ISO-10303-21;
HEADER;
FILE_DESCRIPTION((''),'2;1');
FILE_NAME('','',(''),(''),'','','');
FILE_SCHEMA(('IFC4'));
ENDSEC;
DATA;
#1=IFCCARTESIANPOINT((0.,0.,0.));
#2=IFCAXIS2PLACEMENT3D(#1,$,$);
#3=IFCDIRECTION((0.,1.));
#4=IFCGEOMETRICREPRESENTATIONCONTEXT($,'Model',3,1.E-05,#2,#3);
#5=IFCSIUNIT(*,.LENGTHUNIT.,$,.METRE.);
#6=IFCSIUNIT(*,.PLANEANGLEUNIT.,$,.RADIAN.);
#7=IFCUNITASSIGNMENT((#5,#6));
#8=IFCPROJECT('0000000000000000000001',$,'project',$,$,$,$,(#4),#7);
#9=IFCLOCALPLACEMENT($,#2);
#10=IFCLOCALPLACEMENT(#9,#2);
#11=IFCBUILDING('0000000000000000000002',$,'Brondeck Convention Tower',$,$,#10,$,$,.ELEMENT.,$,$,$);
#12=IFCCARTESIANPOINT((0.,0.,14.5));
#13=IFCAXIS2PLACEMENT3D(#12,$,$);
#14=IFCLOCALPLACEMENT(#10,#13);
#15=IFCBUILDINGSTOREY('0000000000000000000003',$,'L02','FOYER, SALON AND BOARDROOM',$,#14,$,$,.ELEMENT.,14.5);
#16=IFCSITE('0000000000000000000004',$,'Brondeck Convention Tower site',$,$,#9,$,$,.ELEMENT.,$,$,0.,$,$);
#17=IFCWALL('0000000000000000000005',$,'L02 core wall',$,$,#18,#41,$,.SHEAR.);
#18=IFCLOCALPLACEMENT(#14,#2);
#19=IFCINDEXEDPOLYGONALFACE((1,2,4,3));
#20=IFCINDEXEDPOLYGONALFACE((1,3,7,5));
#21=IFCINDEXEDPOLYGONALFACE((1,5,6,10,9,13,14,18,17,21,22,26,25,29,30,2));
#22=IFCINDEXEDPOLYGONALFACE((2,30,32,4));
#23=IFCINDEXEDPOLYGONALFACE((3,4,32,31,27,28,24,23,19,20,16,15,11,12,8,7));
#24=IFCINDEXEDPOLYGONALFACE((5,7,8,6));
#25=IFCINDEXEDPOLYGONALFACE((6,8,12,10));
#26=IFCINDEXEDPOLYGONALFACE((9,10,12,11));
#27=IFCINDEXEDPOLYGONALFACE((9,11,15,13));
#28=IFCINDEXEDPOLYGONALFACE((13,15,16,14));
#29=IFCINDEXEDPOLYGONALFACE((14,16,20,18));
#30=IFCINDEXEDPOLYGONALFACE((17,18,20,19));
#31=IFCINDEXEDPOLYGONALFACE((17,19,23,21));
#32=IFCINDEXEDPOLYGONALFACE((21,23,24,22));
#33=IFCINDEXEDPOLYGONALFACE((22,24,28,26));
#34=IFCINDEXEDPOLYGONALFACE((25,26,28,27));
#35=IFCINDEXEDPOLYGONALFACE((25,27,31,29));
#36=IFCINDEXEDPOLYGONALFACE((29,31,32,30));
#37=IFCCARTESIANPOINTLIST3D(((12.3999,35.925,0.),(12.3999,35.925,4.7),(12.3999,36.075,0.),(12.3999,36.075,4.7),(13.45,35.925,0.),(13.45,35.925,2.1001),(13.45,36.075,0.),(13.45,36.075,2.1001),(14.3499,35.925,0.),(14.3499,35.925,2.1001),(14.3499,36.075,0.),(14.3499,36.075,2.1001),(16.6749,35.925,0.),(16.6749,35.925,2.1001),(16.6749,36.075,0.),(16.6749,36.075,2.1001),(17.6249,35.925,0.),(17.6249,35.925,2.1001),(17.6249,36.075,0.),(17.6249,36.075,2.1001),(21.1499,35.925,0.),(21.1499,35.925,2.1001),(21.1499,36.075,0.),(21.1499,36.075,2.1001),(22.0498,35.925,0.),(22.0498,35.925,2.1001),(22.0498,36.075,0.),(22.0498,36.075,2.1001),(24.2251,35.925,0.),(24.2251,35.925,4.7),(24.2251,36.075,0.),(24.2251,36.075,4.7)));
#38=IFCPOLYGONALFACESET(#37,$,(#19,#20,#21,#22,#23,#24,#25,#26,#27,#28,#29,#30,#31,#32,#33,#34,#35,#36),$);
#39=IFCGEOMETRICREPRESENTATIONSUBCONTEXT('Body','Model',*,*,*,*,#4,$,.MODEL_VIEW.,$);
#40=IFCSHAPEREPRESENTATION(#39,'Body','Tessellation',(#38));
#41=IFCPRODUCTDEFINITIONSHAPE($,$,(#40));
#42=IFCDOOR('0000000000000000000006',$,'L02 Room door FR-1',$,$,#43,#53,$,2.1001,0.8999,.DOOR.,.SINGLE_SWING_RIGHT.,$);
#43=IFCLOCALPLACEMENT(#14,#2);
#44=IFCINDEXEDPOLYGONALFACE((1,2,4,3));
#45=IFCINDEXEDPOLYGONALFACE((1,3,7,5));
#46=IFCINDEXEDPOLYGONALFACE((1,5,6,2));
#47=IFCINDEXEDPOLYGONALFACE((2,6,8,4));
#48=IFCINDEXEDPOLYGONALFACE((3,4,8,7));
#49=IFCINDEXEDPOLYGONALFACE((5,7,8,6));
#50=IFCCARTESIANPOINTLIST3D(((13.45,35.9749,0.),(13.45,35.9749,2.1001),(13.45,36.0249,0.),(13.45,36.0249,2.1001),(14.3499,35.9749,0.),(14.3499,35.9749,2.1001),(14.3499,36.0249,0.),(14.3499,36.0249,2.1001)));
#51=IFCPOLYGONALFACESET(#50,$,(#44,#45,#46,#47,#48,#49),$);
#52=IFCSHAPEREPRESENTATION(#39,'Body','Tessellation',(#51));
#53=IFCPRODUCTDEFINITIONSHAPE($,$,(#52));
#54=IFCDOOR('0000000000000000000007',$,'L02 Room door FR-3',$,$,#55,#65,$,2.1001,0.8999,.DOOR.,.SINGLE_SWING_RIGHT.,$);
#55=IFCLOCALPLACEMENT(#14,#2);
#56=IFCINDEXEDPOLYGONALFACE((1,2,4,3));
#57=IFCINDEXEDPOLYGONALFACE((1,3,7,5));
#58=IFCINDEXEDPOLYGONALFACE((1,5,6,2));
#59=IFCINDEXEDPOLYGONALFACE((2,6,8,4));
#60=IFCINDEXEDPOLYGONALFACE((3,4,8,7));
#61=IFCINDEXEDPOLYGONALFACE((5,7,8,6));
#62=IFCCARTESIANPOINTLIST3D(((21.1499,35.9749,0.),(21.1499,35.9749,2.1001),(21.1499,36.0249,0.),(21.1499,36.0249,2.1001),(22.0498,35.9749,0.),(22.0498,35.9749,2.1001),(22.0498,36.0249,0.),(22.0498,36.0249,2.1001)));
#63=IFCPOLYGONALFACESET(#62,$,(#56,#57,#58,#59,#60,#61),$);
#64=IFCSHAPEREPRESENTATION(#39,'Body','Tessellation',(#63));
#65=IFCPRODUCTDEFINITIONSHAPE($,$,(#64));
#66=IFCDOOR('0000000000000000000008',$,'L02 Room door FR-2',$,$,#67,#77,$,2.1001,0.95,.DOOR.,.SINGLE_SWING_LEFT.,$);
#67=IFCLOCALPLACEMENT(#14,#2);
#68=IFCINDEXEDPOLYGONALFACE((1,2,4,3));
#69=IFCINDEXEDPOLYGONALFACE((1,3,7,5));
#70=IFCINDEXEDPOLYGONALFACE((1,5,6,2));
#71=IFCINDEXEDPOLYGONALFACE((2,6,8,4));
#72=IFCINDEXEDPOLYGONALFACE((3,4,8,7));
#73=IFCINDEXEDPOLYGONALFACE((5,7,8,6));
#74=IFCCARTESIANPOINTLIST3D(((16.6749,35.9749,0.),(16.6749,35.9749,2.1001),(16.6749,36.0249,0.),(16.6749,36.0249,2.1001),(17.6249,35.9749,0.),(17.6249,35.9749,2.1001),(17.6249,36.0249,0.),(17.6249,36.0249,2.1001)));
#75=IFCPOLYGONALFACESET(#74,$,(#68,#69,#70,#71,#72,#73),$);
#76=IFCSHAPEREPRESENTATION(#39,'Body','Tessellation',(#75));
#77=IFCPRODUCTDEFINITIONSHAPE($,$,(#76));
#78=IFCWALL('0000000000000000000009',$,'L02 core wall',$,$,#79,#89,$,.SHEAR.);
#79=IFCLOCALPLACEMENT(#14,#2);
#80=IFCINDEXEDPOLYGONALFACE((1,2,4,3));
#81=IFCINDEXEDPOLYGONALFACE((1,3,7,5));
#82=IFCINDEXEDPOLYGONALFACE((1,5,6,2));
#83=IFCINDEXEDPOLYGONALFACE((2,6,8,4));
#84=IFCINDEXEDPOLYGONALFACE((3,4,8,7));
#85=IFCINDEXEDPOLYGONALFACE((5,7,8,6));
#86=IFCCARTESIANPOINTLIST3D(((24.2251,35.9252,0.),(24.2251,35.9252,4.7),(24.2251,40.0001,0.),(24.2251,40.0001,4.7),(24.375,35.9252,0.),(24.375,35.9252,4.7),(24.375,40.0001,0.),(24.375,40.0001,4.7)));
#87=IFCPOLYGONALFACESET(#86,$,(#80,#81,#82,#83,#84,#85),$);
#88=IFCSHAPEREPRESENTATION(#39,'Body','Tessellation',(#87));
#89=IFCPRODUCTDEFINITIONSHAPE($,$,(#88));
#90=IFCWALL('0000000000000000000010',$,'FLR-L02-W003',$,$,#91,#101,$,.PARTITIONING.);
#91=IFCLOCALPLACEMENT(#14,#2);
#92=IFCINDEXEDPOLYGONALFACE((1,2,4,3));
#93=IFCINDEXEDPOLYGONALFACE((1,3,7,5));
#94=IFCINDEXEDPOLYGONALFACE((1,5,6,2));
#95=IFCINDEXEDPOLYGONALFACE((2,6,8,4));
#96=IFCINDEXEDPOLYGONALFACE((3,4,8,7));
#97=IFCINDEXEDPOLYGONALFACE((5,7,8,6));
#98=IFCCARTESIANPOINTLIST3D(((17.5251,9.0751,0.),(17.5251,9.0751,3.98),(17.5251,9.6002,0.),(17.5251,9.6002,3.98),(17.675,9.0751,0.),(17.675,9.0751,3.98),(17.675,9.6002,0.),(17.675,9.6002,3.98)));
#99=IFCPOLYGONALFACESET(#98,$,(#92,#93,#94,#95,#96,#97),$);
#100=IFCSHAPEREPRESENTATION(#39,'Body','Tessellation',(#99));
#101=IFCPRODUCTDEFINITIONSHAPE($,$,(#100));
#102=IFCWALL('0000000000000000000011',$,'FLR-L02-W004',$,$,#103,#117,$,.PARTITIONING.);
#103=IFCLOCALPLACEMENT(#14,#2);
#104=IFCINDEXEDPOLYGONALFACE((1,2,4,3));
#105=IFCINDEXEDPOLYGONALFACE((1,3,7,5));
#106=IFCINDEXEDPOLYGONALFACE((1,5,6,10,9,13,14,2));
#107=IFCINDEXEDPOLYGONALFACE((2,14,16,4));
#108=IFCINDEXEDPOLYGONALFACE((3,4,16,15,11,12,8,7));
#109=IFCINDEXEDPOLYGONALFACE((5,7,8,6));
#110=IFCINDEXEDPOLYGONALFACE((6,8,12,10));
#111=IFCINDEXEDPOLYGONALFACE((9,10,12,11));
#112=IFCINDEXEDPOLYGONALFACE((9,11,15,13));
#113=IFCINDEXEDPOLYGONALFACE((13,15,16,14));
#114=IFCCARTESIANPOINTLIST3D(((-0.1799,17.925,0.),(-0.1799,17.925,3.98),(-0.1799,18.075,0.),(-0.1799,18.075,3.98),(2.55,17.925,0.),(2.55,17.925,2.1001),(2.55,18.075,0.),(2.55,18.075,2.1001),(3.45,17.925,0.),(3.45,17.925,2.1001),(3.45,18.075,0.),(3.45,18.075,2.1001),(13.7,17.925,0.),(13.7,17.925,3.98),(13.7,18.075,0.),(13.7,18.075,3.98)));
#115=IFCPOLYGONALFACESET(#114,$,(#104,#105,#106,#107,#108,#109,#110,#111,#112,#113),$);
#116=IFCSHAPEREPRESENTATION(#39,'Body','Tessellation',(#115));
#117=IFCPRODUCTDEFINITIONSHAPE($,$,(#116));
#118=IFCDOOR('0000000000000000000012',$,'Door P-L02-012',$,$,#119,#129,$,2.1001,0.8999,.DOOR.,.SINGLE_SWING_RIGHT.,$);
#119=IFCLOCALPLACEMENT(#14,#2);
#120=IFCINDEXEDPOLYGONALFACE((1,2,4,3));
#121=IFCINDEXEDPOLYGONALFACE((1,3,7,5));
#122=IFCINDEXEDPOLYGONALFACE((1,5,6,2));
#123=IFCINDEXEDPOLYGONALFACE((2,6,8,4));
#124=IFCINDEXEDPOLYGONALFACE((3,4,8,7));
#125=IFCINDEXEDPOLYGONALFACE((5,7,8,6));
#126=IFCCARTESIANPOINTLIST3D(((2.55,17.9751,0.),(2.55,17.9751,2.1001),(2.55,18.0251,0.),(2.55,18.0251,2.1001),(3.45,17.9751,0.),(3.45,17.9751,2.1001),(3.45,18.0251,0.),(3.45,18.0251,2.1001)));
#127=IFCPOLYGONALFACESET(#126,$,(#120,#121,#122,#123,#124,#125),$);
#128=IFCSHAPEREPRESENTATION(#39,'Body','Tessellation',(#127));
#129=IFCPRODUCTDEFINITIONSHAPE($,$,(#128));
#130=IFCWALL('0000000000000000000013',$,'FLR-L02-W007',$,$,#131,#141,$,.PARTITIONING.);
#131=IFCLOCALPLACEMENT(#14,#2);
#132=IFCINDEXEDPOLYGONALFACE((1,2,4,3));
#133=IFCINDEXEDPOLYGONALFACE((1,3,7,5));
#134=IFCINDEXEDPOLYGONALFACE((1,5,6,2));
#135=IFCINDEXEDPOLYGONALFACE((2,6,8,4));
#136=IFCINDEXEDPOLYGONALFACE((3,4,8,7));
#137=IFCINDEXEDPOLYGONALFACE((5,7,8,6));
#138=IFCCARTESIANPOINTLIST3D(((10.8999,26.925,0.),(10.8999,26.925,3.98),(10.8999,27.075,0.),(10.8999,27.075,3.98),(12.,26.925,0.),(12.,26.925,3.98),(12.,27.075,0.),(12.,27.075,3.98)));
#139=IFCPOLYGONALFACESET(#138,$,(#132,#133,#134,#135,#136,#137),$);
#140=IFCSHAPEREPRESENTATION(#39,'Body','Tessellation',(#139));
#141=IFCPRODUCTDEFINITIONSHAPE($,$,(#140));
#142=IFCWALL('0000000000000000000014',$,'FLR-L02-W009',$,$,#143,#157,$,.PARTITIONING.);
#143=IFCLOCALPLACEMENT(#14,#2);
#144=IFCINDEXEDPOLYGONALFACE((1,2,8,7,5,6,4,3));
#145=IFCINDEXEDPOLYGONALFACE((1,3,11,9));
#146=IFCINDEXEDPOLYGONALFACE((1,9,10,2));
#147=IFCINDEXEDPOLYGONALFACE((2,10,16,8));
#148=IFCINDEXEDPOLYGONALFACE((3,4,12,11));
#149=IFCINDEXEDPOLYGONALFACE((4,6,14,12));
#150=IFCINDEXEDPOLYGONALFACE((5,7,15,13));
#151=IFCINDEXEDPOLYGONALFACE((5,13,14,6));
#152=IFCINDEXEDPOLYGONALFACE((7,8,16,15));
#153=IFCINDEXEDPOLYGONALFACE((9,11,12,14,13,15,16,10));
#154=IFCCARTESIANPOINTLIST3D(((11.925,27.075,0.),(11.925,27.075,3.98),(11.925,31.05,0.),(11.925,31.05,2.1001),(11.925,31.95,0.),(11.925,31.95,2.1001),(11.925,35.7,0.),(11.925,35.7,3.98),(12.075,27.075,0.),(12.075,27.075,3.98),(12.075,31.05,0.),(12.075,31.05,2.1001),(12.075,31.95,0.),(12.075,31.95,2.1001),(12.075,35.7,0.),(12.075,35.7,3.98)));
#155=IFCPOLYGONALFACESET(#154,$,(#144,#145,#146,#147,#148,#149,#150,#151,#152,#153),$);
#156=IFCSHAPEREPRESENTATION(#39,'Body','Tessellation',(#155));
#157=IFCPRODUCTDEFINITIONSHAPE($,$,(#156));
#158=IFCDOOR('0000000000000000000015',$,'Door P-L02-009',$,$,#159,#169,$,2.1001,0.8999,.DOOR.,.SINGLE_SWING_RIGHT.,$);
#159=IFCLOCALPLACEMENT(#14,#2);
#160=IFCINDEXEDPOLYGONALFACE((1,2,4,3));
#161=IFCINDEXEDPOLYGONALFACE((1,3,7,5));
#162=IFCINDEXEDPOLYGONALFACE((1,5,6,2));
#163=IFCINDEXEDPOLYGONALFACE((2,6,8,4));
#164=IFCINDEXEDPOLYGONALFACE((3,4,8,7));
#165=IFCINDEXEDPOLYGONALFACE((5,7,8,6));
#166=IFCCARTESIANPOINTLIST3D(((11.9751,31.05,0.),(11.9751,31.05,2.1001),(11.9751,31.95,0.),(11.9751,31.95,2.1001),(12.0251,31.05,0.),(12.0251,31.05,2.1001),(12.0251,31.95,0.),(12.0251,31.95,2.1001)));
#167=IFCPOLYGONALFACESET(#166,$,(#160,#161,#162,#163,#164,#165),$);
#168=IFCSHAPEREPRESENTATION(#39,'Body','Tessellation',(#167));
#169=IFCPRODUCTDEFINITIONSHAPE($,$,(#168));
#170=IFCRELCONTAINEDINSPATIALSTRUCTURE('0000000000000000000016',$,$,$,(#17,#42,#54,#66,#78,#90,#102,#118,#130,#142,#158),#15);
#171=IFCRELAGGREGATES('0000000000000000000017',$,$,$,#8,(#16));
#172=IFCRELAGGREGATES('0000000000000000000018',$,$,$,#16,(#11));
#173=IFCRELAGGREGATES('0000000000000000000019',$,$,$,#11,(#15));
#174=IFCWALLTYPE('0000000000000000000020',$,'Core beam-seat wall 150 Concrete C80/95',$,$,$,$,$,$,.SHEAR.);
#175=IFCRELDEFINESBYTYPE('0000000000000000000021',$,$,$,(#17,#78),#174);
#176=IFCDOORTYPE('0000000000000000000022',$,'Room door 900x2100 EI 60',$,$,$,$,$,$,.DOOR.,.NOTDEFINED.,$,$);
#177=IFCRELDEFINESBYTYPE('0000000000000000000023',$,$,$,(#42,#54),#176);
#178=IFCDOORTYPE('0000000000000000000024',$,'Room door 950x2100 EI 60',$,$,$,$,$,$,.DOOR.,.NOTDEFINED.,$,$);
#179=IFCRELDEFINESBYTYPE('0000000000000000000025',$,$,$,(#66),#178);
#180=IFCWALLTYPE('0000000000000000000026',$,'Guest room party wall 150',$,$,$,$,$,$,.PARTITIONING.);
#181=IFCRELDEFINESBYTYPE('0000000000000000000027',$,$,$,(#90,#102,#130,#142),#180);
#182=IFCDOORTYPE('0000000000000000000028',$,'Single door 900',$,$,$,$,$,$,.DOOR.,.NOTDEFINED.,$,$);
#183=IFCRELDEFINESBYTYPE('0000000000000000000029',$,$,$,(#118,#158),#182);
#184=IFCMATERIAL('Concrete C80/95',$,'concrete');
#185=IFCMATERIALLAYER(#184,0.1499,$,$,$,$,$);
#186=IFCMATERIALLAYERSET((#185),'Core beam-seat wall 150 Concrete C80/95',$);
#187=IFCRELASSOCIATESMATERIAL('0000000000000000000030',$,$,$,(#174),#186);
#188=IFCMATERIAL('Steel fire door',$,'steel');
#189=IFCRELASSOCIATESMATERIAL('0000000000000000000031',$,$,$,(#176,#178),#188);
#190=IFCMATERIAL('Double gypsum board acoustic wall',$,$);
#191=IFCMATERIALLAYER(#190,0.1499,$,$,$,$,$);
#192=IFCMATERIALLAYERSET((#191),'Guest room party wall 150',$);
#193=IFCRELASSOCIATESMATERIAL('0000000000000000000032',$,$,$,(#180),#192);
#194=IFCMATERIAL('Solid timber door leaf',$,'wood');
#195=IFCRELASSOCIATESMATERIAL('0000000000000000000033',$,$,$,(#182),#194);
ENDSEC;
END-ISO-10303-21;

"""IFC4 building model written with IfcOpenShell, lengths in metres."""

from ifc_helpers import new_model, si_unit, direction, frame, frame_2d, origin, place, context, subcontext, project, spatial, rectangle, extrude, material, layer, layer_set, type_object, element, fill, save


model = new_model("IFC4")

# Units and contexts
model_context = context("Model", 3, precision=1e-05, world=origin(), true_north=direction((0.0, 1.0)))
body_context = subcontext(model_context, "Body", "Model", "MODEL_VIEW")
ifc_project = project(units=[si_unit("LENGTHUNIT", "METRE"), si_unit("PLANEANGLEUNIT", "RADIAN")], contexts=[model_context])

# Site, building, storey
site_placement = place(None, origin())
site = spatial("IfcSite", under=ifc_project, at=site_placement, Name="Brondeck Convention Tower site", CompositionType="ELEMENT", RefElevation=0.0)
building_placement = place(site_placement, origin())
building = spatial("IfcBuilding", under=site, at=building_placement, Name="Brondeck Convention Tower", CompositionType="ELEMENT")
storey_placement = place(building_placement, frame((0.0, 0.0, 14.5)))
storey = spatial("IfcBuildingStorey", under=building, at=storey_placement, Name="L02", Description="FOYER, SALON AND BOARDROOM", CompositionType="ELEMENT", Elevation=14.5)

# Wall, openings, doors
ifc_material_1 = material(Name="Concrete C80/95", Category="concrete")
ifc_layer_1 = layer(ifc_material_1, 0.1499)
ifc_layer_set_1 = layer_set([ifc_layer_1], Name="Core beam-seat wall 150 Concrete C80/95")
wall_type_1 = type_object("IfcWallType", Name="Core beam-seat wall 150 Concrete C80/95", PredefinedType="SHEAR", material=ifc_layer_set_1)
wall_1_placement = place(storey_placement, frame((12.3999, 36.0, 0.0), z_axis=(0.0, 0.0, 1.0), x_axis=(1.0, 0.0, 0.0)))
wall_1 = element("IfcWall", 1, at=wall_1_placement, inside=storey, type_object=wall_type_1, Name="L02 core wall", PredefinedType="SHEAR", context=body_context, shape_type="SweptSolid", body=[
    extrude(rectangle(XDim=11.8252, YDim=0.1499, at=frame_2d((5.9126, 0.0))), origin(), (0.0, 0.0, 1.0), 4.7),
])
opening_1_placement = place(wall_1_placement, frame((1.05, 0.0, 0.0)))
opening_1 = element("IfcOpeningElement", 2, at=opening_1_placement, cuts=wall_1, PredefinedType="OPENING", context=body_context, shape_type="SweptSolid", body=[
    extrude(rectangle(XDim=0.8999, YDim=2.1001, at=frame_2d((0.45, 1.05))), frame((0.0, 0.085, 0.0), z_axis=(0.0, -1.0, 0.0), x_axis=(1.0, 0.0, 0.0)), (0.0, 0.0, 1.0), 0.1699),
])
opening_2_placement = place(wall_1_placement, frame((4.2749, 0.0, 0.0)))
opening_2 = element("IfcOpeningElement", 3, at=opening_2_placement, cuts=wall_1, PredefinedType="OPENING", context=body_context, shape_type="SweptSolid", body=[
    extrude(rectangle(XDim=0.95, YDim=2.1001, at=frame_2d((0.4751, 1.05))), frame((0.0, 0.085, 0.0), z_axis=(0.0, -1.0, 0.0), x_axis=(1.0, 0.0, 0.0)), (0.0, 0.0, 1.0), 0.1699),
])
opening_3_placement = place(wall_1_placement, frame((8.75, 0.0, 0.0)))
opening_3 = element("IfcOpeningElement", 4, at=opening_3_placement, cuts=wall_1, PredefinedType="OPENING", context=body_context, shape_type="SweptSolid", body=[
    extrude(rectangle(XDim=0.8999, YDim=2.1001, at=frame_2d((0.45, 1.05))), frame((0.0, 0.085, 0.0), z_axis=(0.0, -1.0, 0.0), x_axis=(1.0, 0.0, 0.0)), (0.0, 0.0, 1.0), 0.1699),
])
ifc_material_2 = material(Name="Steel fire door", Category="steel")
door_type_1 = type_object("IfcDoorType", Name="Room door 900x2100 EI 60", OperationType="NOTDEFINED", PredefinedType="DOOR", material=ifc_material_2)
door_1_placement = place(opening_1_placement, origin())
door_1 = element("IfcDoor", 5, at=door_1_placement, inside=storey, type_object=door_type_1, Name="L02 Room door FR-1", OperationType="SINGLE_SWING_RIGHT", OverallHeight=2.1001, OverallWidth=0.8999, PredefinedType="DOOR", context=body_context, shape_type="SweptSolid", body=[
    extrude(rectangle(XDim=0.8999, YDim=2.1001, at=frame_2d((0.45, 1.05))), frame((0.0, 0.0249, 0.0), z_axis=(0.0, -1.0, 0.0), x_axis=(1.0, 0.0, 0.0)), (0.0, 0.0, 1.0), 0.05),
])
fill(opening_1, door_1)
door_2_placement = place(opening_3_placement, origin())
door_2 = element("IfcDoor", 6, at=door_2_placement, inside=storey, type_object=door_type_1, Name="L02 Room door FR-3", OperationType="SINGLE_SWING_RIGHT", OverallHeight=2.1001, OverallWidth=0.8999, PredefinedType="DOOR", context=body_context, shape_type="SweptSolid", body=[
    extrude(rectangle(XDim=0.8999, YDim=2.1001, at=frame_2d((0.45, 1.05))), frame((0.0, 0.0249, 0.0), z_axis=(0.0, -1.0, 0.0), x_axis=(1.0, 0.0, 0.0)), (0.0, 0.0, 1.0), 0.05),
])
fill(opening_3, door_2)
door_type_2 = type_object("IfcDoorType", Name="Room door 950x2100 EI 60", OperationType="NOTDEFINED", PredefinedType="DOOR", material=ifc_material_2)
door_3_placement = place(opening_2_placement, origin())
door_3 = element("IfcDoor", 7, at=door_3_placement, inside=storey, type_object=door_type_2, Name="L02 Room door FR-2", OperationType="SINGLE_SWING_LEFT", OverallHeight=2.1001, OverallWidth=0.95, PredefinedType="DOOR", context=body_context, shape_type="SweptSolid", body=[
    extrude(rectangle(XDim=0.95, YDim=2.1001, at=frame_2d((0.4751, 1.05))), frame((0.0, 0.0249, 0.0), z_axis=(0.0, -1.0, 0.0), x_axis=(1.0, 0.0, 0.0)), (0.0, 0.0, 1.0), 0.05),
])
fill(opening_2, door_3)

# Walls
wall_2_placement = place(storey_placement, frame((24.3, 35.925, 0.0), z_axis=(0.0, 0.0, 1.0), x_axis=(0.0, 1.0, 0.0)))
element("IfcWall", 8, at=wall_2_placement, inside=storey, type_object=wall_type_1, Name="L02 core wall", PredefinedType="SHEAR", context=body_context, shape_type="SweptSolid", body=[
    extrude(rectangle(XDim=4.075, YDim=0.1499, at=frame_2d((2.0376, 0.0))), origin(), (0.0, 0.0, 1.0), 4.7),
])
ifc_material_3 = material(Name="Double gypsum board acoustic wall")
ifc_layer_2 = layer(ifc_material_3, 0.1499)
ifc_layer_set_2 = layer_set([ifc_layer_2], Name="Guest room party wall 150")
wall_type_2 = type_object("IfcWallType", Name="Guest room party wall 150", PredefinedType="PARTITIONING", material=ifc_layer_set_2)
wall_3_placement = place(storey_placement, frame((17.6001, 9.075, 0.0), z_axis=(0.0, 0.0, 1.0), x_axis=(0.0, 1.0, 0.0)))
element("IfcWall", 9, at=wall_3_placement, inside=storey, type_object=wall_type_2, Name="FLR-L02-W003", PredefinedType="PARTITIONING", context=body_context, shape_type="SweptSolid", body=[
    extrude(rectangle(XDim=0.5251, YDim=0.1499, at=frame_2d((0.2627, 0.0))), origin(), (0.0, 0.0, 1.0), 3.98),
])

# Wall, opening, door
wall_4_placement = place(storey_placement, frame((13.7, 18.0, 0.0), z_axis=(0.0, 0.0, 1.0), x_axis=(-1.0, 0.0, 0.0)))
wall_4 = element("IfcWall", 10, at=wall_4_placement, inside=storey, type_object=wall_type_2, Name="FLR-L02-W004", PredefinedType="PARTITIONING", context=body_context, shape_type="SweptSolid", body=[
    extrude(rectangle(XDim=13.8799, YDim=0.1499, at=frame_2d((6.9399, 0.0))), origin(), (0.0, 0.0, 1.0), 3.98),
])
opening_4_placement = place(wall_4_placement, frame((10.25, 0.0, 0.0)))
opening_4 = element("IfcOpeningElement", 11, at=opening_4_placement, cuts=wall_4, PredefinedType="OPENING", context=body_context, shape_type="SweptSolid", body=[
    extrude(rectangle(XDim=0.8999, YDim=2.1001, at=frame_2d((0.45, 1.05))), frame((0.0, 0.085, 0.0), z_axis=(0.0, -1.0, 0.0), x_axis=(1.0, 0.0, 0.0)), (0.0, 0.0, 1.0), 0.1699),
])
ifc_material_4 = material(Name="Solid timber door leaf", Category="wood")
door_type_3 = type_object("IfcDoorType", Name="Single door 900", OperationType="NOTDEFINED", PredefinedType="DOOR", material=ifc_material_4)
door_4_placement = place(opening_4_placement, origin())
door_4 = element("IfcDoor", 12, at=door_4_placement, inside=storey, type_object=door_type_3, Name="Door P-L02-012", OperationType="SINGLE_SWING_RIGHT", OverallHeight=2.1001, OverallWidth=0.8999, PredefinedType="DOOR", context=body_context, shape_type="SweptSolid", body=[
    extrude(rectangle(XDim=0.8999, YDim=2.1001, at=frame_2d((0.45, 1.05))), frame((0.0, 0.0249, 0.0), z_axis=(0.0, -1.0, 0.0), x_axis=(1.0, 0.0, 0.0)), (0.0, 0.0, 1.0), 0.05),
])
fill(opening_4, door_4)

# Wall
wall_5_placement = place(storey_placement, frame((10.8999, 27.0, 0.0), z_axis=(0.0, 0.0, 1.0), x_axis=(1.0, 0.0, 0.0)))
element("IfcWall", 13, at=wall_5_placement, inside=storey, type_object=wall_type_2, Name="FLR-L02-W007", PredefinedType="PARTITIONING", context=body_context, shape_type="SweptSolid", body=[
    extrude(rectangle(XDim=1.1001, YDim=0.1499, at=frame_2d((0.55, 0.0))), origin(), (0.0, 0.0, 1.0), 3.98),
])

# Wall, opening, door
wall_6_placement = place(storey_placement, frame((12.0, 27.075, 0.0), z_axis=(0.0, 0.0, 1.0), x_axis=(0.0, 1.0, 0.0)))
wall_6 = element("IfcWall", 14, at=wall_6_placement, inside=storey, type_object=wall_type_2, Name="FLR-L02-W009", PredefinedType="PARTITIONING", context=body_context, shape_type="SweptSolid", body=[
    extrude(rectangle(XDim=8.625, YDim=0.1499, at=frame_2d((4.3125, 0.0))), origin(), (0.0, 0.0, 1.0), 3.98),
])
opening_5_placement = place(wall_6_placement, frame((3.9751, 0.0, 0.0)))
opening_5 = element("IfcOpeningElement", 15, at=opening_5_placement, cuts=wall_6, PredefinedType="OPENING", context=body_context, shape_type="SweptSolid", body=[
    extrude(rectangle(XDim=0.8999, YDim=2.1001, at=frame_2d((0.45, 1.05))), frame((0.0, 0.085, 0.0), z_axis=(0.0, -1.0, 0.0), x_axis=(1.0, 0.0, 0.0)), (0.0, 0.0, 1.0), 0.1699),
])
door_5_placement = place(opening_5_placement, origin())
door_5 = element("IfcDoor", 16, at=door_5_placement, inside=storey, type_object=door_type_3, Name="Door P-L02-009", OperationType="SINGLE_SWING_RIGHT", OverallHeight=2.1001, OverallWidth=0.8999, PredefinedType="DOOR", context=body_context, shape_type="SweptSolid", body=[
    extrude(rectangle(XDim=0.8999, YDim=2.1001, at=frame_2d((0.45, 1.05))), frame((0.0, 0.0249, 0.0), z_axis=(0.0, -1.0, 0.0), x_axis=(1.0, 0.0, 0.0)), (0.0, 0.0, 1.0), 0.05),
])
fill(opening_5, door_5)

save(model, "model.ifc")
